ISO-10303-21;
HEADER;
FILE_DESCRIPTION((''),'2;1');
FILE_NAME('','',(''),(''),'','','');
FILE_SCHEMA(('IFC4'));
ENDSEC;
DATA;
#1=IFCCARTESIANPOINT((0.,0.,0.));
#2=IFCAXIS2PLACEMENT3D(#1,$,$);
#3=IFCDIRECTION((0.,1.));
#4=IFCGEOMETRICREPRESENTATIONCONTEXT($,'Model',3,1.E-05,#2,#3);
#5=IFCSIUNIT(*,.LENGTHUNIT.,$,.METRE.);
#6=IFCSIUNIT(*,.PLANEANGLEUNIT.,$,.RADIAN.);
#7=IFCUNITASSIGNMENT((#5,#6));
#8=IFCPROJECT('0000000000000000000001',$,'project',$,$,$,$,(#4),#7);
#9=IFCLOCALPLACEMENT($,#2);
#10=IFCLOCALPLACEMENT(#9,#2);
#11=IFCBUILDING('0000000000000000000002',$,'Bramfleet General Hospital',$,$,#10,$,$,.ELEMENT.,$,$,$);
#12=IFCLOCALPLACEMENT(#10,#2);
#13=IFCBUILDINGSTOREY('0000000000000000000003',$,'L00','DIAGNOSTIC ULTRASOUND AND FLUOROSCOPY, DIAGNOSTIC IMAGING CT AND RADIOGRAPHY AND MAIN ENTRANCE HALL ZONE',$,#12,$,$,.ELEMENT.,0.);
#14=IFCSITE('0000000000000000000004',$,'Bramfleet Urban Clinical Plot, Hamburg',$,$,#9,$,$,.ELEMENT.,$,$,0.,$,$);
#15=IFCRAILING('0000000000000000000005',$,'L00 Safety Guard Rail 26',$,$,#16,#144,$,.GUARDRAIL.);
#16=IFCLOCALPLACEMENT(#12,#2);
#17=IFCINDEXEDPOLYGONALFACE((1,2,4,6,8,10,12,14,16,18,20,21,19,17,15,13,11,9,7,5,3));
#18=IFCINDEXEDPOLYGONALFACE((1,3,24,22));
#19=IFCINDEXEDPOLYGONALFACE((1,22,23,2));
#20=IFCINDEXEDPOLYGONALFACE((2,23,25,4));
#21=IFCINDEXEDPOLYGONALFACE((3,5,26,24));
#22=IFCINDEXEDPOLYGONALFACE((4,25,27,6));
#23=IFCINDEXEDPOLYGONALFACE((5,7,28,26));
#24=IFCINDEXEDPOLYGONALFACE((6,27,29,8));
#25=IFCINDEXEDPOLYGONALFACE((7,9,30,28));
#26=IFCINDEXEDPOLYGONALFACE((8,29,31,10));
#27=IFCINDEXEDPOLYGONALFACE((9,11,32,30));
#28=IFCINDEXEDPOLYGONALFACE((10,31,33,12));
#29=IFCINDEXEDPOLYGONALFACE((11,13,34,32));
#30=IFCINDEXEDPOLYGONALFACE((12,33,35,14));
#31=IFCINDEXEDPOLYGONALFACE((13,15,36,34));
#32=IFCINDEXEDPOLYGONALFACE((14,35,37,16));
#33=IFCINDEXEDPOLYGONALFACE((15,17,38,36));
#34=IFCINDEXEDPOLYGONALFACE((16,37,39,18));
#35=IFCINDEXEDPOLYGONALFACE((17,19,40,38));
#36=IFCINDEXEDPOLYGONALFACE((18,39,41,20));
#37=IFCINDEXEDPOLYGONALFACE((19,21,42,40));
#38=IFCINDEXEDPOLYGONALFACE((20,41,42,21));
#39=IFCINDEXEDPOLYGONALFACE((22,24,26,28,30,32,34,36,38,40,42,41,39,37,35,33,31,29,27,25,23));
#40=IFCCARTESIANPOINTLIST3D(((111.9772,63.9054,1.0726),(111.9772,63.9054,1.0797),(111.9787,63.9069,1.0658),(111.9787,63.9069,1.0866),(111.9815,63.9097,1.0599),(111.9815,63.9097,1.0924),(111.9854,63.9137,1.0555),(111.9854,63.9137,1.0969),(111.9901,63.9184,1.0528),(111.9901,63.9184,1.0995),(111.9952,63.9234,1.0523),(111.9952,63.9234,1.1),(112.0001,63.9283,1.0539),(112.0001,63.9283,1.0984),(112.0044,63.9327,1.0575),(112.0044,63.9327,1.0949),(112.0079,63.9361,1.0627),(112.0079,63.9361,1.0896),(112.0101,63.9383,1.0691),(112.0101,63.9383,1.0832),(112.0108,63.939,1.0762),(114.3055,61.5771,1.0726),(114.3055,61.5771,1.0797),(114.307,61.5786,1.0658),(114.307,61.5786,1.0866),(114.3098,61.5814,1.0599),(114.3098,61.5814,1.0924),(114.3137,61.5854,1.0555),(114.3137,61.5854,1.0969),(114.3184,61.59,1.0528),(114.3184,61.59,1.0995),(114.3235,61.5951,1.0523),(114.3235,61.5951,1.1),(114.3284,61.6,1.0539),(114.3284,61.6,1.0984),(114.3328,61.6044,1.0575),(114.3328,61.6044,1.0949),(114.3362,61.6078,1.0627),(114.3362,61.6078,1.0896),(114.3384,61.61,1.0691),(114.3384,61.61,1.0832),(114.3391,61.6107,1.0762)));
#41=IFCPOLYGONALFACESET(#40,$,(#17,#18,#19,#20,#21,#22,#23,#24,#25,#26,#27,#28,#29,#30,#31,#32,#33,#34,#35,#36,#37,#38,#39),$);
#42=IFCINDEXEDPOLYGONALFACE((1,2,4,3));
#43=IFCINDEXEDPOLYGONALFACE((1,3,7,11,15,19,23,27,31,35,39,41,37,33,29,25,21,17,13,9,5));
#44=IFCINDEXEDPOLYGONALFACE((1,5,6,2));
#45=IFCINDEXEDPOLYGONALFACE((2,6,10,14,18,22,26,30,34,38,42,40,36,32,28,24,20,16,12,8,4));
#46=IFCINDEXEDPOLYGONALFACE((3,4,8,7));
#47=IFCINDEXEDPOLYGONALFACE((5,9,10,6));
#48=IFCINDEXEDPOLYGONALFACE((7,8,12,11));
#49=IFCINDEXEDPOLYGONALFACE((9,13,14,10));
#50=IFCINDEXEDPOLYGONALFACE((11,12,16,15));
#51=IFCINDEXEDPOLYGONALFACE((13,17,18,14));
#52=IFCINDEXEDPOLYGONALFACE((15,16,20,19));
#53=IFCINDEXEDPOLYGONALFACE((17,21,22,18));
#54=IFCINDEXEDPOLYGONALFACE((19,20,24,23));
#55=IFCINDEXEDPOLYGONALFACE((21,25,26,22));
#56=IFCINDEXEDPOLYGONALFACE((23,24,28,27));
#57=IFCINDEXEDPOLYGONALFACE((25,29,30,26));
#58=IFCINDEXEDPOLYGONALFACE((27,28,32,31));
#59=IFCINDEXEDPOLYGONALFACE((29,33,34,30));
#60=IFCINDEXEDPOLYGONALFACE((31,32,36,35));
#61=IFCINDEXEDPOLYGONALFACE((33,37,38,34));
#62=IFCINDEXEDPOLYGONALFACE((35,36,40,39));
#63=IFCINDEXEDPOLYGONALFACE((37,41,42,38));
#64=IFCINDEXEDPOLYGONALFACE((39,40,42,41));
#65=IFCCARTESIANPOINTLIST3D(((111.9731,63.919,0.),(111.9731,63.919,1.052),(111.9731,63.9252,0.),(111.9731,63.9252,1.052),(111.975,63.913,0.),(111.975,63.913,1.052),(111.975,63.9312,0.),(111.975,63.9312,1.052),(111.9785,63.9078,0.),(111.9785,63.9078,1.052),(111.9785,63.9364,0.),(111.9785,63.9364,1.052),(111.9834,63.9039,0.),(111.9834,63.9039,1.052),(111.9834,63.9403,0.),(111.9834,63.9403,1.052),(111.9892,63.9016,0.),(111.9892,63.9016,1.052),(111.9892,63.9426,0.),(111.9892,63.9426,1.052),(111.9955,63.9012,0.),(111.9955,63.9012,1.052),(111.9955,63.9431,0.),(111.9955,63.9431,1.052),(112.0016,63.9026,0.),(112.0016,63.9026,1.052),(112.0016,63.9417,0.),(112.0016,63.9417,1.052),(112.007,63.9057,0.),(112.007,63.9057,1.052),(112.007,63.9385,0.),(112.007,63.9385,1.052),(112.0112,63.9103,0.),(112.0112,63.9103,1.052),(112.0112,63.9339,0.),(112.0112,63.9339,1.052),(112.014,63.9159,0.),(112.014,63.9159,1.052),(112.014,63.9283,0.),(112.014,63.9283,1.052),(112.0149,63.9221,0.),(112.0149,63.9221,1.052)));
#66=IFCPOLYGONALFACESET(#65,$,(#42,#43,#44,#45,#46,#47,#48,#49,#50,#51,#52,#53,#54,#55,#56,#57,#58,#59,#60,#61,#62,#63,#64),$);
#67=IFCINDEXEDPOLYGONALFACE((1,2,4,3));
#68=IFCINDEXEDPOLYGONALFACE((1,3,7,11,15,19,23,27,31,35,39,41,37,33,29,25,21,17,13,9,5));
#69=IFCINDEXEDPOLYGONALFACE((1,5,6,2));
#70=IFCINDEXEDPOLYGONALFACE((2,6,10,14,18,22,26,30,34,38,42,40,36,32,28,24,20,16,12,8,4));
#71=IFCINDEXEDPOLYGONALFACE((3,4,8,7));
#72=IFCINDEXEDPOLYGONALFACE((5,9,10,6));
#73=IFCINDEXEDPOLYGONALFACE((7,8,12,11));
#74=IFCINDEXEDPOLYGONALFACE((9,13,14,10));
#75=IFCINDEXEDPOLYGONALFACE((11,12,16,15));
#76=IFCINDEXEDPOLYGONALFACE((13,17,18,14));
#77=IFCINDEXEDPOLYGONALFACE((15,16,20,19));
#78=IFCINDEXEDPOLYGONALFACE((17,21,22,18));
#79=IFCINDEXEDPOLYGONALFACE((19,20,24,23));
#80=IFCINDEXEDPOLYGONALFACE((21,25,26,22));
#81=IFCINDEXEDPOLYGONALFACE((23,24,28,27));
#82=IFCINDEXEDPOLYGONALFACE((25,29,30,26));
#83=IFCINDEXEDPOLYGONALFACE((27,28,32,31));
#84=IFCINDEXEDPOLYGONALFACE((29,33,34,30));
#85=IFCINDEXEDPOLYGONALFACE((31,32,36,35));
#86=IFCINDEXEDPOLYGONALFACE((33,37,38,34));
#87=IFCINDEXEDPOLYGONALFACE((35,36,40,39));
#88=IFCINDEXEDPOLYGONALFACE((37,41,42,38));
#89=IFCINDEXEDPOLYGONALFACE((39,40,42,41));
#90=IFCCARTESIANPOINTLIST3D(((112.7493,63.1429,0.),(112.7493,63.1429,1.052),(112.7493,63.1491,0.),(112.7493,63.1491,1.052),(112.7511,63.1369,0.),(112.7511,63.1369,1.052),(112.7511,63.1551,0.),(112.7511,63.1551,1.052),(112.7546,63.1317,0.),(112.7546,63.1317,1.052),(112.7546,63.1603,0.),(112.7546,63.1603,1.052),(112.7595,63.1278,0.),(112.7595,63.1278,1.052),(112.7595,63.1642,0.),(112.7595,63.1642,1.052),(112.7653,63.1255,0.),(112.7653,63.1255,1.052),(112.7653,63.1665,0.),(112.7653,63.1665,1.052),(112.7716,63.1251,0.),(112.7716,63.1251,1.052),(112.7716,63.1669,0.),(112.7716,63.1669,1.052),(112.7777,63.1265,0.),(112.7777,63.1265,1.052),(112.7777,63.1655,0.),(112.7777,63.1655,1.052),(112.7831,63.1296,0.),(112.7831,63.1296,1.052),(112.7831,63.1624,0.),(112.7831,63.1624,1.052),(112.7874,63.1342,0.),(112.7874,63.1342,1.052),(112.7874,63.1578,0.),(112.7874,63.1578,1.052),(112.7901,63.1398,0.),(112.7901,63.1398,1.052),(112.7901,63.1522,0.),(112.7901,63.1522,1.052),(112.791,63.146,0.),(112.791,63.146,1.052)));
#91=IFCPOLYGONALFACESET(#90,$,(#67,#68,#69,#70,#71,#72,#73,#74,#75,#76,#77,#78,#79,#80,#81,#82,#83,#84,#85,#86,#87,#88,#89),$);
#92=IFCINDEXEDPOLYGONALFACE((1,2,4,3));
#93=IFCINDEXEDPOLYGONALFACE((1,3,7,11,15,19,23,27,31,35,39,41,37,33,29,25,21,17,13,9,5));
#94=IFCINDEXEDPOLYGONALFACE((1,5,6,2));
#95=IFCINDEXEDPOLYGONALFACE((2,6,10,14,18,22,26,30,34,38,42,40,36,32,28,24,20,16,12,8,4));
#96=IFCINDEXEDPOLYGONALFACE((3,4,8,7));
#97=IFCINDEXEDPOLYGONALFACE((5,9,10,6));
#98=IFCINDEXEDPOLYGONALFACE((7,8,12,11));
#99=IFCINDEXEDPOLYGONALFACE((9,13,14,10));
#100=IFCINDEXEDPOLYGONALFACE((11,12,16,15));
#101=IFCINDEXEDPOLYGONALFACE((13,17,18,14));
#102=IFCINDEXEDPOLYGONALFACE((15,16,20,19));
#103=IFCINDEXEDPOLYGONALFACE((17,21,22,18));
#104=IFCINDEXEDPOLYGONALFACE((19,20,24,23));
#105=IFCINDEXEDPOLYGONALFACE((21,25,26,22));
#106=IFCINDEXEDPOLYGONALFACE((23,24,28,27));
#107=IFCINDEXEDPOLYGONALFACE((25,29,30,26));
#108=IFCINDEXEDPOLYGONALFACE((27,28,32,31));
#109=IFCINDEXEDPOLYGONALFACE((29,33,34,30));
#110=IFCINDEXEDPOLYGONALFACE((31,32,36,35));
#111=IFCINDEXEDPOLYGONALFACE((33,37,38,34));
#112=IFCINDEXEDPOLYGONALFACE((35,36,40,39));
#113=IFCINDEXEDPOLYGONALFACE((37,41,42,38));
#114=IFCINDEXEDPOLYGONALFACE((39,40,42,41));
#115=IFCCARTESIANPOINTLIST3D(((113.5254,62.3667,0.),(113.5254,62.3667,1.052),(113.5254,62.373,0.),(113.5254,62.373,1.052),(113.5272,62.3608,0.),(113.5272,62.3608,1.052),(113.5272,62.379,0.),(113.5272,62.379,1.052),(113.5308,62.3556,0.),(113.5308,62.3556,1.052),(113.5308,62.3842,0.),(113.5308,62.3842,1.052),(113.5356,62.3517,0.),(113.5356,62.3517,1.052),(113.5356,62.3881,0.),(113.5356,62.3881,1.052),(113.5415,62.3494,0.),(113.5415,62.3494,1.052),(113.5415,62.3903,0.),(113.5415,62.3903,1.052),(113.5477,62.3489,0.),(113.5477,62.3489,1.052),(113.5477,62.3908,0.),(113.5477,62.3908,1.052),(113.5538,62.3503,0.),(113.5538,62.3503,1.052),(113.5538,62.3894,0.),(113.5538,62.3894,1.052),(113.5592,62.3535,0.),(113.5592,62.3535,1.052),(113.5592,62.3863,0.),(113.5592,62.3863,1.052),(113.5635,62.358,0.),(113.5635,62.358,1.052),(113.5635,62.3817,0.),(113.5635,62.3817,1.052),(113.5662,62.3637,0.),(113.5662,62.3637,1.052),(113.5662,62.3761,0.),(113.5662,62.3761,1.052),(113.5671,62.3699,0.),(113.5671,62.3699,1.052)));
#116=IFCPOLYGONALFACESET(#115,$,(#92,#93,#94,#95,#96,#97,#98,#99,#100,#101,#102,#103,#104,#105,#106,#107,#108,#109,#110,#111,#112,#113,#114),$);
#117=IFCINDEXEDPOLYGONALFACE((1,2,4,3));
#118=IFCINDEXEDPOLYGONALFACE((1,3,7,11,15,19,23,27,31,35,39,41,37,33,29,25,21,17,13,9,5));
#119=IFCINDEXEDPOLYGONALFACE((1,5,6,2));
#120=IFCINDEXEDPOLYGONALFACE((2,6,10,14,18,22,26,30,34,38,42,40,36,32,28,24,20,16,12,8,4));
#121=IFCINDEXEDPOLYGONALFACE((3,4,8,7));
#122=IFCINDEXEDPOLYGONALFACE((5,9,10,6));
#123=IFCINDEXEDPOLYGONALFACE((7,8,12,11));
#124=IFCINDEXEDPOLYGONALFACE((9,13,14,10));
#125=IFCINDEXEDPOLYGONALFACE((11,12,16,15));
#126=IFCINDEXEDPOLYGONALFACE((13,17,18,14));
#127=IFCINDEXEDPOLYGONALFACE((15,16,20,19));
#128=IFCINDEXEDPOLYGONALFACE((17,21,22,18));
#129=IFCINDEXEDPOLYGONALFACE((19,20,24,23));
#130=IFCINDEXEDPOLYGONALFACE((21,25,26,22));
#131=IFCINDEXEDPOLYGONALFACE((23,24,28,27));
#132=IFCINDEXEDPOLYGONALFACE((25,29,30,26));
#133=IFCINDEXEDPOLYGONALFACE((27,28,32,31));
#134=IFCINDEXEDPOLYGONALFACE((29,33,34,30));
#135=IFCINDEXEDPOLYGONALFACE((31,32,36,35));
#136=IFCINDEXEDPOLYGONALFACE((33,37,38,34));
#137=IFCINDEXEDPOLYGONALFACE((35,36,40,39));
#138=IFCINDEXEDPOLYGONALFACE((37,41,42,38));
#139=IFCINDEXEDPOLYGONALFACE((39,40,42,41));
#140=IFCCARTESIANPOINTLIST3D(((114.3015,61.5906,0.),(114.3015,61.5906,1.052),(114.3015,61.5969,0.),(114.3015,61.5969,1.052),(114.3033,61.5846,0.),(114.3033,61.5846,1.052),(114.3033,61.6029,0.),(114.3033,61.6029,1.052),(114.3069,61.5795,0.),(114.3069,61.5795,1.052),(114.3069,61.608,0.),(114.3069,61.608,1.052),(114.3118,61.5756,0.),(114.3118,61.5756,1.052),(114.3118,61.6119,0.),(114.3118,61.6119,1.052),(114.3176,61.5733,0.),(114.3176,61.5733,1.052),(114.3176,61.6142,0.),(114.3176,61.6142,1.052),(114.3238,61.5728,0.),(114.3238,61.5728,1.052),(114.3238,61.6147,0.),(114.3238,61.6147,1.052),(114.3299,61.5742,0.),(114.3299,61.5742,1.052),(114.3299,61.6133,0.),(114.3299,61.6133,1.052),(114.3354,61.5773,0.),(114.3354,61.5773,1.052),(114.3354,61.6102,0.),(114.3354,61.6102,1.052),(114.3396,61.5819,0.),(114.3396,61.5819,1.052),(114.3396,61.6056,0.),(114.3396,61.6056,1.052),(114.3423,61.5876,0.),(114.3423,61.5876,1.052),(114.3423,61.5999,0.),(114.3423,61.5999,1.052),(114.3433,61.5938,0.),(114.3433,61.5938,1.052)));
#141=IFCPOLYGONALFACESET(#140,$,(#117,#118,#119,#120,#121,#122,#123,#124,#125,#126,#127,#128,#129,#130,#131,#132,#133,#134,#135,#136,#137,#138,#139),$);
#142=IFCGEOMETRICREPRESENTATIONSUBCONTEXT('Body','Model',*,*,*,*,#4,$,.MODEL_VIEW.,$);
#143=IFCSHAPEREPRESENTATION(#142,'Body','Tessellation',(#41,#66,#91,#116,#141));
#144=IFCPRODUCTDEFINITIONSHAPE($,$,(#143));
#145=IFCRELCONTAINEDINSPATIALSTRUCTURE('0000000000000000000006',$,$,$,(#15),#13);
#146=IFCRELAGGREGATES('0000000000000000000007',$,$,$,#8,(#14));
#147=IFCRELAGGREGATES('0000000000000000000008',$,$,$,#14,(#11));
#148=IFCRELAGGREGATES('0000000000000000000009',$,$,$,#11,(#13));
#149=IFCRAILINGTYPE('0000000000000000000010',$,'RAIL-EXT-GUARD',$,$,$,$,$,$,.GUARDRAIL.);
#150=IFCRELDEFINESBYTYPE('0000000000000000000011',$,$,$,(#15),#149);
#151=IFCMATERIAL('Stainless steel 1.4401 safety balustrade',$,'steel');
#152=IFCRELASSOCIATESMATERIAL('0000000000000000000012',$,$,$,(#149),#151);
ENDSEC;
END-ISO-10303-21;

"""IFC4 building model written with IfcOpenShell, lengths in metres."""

from ifc_helpers import new_model, si_unit, direction, frame, origin, origin_2d, place, context, subcontext, project, spatial, circle, extrude, material, type_object, element, save


model = new_model("IFC4")

# Units and contexts
model_context = context("Model", 3, precision=1e-05, world=origin(), true_north=direction((0.0, 1.0)))
body_context = subcontext(model_context, "Body", "Model", "MODEL_VIEW")
ifc_project = project(units=[si_unit("LENGTHUNIT", "METRE"), si_unit("PLANEANGLEUNIT", "RADIAN")], contexts=[model_context])

# Site, building, storey
site_placement = place(None, origin())
site = spatial("IfcSite", under=ifc_project, at=site_placement, Name="Bramfleet Urban Clinical Plot, Hamburg", CompositionType="ELEMENT", RefElevation=0.0)
building_placement = place(site_placement, origin())
building = spatial("IfcBuilding", under=site, at=building_placement, Name="Bramfleet General Hospital", CompositionType="ELEMENT")
storey_placement = place(building_placement, origin())
storey = spatial("IfcBuildingStorey", under=building, at=storey_placement, Name="L00", Description="DIAGNOSTIC ULTRASOUND AND FLUOROSCOPY, DIAGNOSTIC IMAGING CT AND RADIOGRAPHY AND MAIN ENTRANCE HALL ZONE", CompositionType="ELEMENT", Elevation=0.0)

# Railing
ifc_material_1 = material(Name="Stainless steel 1.4401 safety balustrade", Category="steel")
railing_type = type_object("IfcRailingType", Name="RAIL-EXT-GUARD", PredefinedType="GUARDRAIL", material=ifc_material_1)
railing_1_placement = place(storey_placement, frame((111.9939, 63.9221, 0.0)))
element("IfcRailing", 1, at=railing_1_placement, inside=storey, type_object=railing_type, Name="L00 Safety Guard Rail 26", PredefinedType="GUARDRAIL", context=body_context, shape_type="SweptSolid", body=[
    extrude(circle(Radius=0.0239, at=origin_2d()), frame((0.0, 0.0, 1.0762), z_axis=(0.707107, -0.707107, 0.0), x_axis=(0.707107, 0.707107, 0.0)), (0.0, 0.0, 1.0), 3.2927),
    extrude(circle(Radius=0.021, at=origin_2d()), origin(), (0.0, 0.0, 1.0), 1.052),
    extrude(circle(Radius=0.021, at=origin_2d()), frame((0.7761, -0.7761, 0.0)), (0.0, 0.0, 1.0), 1.052),
    extrude(circle(Radius=0.021, at=origin_2d()), frame((1.5522, -1.5522, 0.0)), (0.0, 0.0, 1.0), 1.052),
    extrude(circle(Radius=0.021, at=origin_2d()), frame((2.3284, -2.3284, 0.0)), (0.0, 0.0, 1.0), 1.052),
])

save(model, "model.ifc")
